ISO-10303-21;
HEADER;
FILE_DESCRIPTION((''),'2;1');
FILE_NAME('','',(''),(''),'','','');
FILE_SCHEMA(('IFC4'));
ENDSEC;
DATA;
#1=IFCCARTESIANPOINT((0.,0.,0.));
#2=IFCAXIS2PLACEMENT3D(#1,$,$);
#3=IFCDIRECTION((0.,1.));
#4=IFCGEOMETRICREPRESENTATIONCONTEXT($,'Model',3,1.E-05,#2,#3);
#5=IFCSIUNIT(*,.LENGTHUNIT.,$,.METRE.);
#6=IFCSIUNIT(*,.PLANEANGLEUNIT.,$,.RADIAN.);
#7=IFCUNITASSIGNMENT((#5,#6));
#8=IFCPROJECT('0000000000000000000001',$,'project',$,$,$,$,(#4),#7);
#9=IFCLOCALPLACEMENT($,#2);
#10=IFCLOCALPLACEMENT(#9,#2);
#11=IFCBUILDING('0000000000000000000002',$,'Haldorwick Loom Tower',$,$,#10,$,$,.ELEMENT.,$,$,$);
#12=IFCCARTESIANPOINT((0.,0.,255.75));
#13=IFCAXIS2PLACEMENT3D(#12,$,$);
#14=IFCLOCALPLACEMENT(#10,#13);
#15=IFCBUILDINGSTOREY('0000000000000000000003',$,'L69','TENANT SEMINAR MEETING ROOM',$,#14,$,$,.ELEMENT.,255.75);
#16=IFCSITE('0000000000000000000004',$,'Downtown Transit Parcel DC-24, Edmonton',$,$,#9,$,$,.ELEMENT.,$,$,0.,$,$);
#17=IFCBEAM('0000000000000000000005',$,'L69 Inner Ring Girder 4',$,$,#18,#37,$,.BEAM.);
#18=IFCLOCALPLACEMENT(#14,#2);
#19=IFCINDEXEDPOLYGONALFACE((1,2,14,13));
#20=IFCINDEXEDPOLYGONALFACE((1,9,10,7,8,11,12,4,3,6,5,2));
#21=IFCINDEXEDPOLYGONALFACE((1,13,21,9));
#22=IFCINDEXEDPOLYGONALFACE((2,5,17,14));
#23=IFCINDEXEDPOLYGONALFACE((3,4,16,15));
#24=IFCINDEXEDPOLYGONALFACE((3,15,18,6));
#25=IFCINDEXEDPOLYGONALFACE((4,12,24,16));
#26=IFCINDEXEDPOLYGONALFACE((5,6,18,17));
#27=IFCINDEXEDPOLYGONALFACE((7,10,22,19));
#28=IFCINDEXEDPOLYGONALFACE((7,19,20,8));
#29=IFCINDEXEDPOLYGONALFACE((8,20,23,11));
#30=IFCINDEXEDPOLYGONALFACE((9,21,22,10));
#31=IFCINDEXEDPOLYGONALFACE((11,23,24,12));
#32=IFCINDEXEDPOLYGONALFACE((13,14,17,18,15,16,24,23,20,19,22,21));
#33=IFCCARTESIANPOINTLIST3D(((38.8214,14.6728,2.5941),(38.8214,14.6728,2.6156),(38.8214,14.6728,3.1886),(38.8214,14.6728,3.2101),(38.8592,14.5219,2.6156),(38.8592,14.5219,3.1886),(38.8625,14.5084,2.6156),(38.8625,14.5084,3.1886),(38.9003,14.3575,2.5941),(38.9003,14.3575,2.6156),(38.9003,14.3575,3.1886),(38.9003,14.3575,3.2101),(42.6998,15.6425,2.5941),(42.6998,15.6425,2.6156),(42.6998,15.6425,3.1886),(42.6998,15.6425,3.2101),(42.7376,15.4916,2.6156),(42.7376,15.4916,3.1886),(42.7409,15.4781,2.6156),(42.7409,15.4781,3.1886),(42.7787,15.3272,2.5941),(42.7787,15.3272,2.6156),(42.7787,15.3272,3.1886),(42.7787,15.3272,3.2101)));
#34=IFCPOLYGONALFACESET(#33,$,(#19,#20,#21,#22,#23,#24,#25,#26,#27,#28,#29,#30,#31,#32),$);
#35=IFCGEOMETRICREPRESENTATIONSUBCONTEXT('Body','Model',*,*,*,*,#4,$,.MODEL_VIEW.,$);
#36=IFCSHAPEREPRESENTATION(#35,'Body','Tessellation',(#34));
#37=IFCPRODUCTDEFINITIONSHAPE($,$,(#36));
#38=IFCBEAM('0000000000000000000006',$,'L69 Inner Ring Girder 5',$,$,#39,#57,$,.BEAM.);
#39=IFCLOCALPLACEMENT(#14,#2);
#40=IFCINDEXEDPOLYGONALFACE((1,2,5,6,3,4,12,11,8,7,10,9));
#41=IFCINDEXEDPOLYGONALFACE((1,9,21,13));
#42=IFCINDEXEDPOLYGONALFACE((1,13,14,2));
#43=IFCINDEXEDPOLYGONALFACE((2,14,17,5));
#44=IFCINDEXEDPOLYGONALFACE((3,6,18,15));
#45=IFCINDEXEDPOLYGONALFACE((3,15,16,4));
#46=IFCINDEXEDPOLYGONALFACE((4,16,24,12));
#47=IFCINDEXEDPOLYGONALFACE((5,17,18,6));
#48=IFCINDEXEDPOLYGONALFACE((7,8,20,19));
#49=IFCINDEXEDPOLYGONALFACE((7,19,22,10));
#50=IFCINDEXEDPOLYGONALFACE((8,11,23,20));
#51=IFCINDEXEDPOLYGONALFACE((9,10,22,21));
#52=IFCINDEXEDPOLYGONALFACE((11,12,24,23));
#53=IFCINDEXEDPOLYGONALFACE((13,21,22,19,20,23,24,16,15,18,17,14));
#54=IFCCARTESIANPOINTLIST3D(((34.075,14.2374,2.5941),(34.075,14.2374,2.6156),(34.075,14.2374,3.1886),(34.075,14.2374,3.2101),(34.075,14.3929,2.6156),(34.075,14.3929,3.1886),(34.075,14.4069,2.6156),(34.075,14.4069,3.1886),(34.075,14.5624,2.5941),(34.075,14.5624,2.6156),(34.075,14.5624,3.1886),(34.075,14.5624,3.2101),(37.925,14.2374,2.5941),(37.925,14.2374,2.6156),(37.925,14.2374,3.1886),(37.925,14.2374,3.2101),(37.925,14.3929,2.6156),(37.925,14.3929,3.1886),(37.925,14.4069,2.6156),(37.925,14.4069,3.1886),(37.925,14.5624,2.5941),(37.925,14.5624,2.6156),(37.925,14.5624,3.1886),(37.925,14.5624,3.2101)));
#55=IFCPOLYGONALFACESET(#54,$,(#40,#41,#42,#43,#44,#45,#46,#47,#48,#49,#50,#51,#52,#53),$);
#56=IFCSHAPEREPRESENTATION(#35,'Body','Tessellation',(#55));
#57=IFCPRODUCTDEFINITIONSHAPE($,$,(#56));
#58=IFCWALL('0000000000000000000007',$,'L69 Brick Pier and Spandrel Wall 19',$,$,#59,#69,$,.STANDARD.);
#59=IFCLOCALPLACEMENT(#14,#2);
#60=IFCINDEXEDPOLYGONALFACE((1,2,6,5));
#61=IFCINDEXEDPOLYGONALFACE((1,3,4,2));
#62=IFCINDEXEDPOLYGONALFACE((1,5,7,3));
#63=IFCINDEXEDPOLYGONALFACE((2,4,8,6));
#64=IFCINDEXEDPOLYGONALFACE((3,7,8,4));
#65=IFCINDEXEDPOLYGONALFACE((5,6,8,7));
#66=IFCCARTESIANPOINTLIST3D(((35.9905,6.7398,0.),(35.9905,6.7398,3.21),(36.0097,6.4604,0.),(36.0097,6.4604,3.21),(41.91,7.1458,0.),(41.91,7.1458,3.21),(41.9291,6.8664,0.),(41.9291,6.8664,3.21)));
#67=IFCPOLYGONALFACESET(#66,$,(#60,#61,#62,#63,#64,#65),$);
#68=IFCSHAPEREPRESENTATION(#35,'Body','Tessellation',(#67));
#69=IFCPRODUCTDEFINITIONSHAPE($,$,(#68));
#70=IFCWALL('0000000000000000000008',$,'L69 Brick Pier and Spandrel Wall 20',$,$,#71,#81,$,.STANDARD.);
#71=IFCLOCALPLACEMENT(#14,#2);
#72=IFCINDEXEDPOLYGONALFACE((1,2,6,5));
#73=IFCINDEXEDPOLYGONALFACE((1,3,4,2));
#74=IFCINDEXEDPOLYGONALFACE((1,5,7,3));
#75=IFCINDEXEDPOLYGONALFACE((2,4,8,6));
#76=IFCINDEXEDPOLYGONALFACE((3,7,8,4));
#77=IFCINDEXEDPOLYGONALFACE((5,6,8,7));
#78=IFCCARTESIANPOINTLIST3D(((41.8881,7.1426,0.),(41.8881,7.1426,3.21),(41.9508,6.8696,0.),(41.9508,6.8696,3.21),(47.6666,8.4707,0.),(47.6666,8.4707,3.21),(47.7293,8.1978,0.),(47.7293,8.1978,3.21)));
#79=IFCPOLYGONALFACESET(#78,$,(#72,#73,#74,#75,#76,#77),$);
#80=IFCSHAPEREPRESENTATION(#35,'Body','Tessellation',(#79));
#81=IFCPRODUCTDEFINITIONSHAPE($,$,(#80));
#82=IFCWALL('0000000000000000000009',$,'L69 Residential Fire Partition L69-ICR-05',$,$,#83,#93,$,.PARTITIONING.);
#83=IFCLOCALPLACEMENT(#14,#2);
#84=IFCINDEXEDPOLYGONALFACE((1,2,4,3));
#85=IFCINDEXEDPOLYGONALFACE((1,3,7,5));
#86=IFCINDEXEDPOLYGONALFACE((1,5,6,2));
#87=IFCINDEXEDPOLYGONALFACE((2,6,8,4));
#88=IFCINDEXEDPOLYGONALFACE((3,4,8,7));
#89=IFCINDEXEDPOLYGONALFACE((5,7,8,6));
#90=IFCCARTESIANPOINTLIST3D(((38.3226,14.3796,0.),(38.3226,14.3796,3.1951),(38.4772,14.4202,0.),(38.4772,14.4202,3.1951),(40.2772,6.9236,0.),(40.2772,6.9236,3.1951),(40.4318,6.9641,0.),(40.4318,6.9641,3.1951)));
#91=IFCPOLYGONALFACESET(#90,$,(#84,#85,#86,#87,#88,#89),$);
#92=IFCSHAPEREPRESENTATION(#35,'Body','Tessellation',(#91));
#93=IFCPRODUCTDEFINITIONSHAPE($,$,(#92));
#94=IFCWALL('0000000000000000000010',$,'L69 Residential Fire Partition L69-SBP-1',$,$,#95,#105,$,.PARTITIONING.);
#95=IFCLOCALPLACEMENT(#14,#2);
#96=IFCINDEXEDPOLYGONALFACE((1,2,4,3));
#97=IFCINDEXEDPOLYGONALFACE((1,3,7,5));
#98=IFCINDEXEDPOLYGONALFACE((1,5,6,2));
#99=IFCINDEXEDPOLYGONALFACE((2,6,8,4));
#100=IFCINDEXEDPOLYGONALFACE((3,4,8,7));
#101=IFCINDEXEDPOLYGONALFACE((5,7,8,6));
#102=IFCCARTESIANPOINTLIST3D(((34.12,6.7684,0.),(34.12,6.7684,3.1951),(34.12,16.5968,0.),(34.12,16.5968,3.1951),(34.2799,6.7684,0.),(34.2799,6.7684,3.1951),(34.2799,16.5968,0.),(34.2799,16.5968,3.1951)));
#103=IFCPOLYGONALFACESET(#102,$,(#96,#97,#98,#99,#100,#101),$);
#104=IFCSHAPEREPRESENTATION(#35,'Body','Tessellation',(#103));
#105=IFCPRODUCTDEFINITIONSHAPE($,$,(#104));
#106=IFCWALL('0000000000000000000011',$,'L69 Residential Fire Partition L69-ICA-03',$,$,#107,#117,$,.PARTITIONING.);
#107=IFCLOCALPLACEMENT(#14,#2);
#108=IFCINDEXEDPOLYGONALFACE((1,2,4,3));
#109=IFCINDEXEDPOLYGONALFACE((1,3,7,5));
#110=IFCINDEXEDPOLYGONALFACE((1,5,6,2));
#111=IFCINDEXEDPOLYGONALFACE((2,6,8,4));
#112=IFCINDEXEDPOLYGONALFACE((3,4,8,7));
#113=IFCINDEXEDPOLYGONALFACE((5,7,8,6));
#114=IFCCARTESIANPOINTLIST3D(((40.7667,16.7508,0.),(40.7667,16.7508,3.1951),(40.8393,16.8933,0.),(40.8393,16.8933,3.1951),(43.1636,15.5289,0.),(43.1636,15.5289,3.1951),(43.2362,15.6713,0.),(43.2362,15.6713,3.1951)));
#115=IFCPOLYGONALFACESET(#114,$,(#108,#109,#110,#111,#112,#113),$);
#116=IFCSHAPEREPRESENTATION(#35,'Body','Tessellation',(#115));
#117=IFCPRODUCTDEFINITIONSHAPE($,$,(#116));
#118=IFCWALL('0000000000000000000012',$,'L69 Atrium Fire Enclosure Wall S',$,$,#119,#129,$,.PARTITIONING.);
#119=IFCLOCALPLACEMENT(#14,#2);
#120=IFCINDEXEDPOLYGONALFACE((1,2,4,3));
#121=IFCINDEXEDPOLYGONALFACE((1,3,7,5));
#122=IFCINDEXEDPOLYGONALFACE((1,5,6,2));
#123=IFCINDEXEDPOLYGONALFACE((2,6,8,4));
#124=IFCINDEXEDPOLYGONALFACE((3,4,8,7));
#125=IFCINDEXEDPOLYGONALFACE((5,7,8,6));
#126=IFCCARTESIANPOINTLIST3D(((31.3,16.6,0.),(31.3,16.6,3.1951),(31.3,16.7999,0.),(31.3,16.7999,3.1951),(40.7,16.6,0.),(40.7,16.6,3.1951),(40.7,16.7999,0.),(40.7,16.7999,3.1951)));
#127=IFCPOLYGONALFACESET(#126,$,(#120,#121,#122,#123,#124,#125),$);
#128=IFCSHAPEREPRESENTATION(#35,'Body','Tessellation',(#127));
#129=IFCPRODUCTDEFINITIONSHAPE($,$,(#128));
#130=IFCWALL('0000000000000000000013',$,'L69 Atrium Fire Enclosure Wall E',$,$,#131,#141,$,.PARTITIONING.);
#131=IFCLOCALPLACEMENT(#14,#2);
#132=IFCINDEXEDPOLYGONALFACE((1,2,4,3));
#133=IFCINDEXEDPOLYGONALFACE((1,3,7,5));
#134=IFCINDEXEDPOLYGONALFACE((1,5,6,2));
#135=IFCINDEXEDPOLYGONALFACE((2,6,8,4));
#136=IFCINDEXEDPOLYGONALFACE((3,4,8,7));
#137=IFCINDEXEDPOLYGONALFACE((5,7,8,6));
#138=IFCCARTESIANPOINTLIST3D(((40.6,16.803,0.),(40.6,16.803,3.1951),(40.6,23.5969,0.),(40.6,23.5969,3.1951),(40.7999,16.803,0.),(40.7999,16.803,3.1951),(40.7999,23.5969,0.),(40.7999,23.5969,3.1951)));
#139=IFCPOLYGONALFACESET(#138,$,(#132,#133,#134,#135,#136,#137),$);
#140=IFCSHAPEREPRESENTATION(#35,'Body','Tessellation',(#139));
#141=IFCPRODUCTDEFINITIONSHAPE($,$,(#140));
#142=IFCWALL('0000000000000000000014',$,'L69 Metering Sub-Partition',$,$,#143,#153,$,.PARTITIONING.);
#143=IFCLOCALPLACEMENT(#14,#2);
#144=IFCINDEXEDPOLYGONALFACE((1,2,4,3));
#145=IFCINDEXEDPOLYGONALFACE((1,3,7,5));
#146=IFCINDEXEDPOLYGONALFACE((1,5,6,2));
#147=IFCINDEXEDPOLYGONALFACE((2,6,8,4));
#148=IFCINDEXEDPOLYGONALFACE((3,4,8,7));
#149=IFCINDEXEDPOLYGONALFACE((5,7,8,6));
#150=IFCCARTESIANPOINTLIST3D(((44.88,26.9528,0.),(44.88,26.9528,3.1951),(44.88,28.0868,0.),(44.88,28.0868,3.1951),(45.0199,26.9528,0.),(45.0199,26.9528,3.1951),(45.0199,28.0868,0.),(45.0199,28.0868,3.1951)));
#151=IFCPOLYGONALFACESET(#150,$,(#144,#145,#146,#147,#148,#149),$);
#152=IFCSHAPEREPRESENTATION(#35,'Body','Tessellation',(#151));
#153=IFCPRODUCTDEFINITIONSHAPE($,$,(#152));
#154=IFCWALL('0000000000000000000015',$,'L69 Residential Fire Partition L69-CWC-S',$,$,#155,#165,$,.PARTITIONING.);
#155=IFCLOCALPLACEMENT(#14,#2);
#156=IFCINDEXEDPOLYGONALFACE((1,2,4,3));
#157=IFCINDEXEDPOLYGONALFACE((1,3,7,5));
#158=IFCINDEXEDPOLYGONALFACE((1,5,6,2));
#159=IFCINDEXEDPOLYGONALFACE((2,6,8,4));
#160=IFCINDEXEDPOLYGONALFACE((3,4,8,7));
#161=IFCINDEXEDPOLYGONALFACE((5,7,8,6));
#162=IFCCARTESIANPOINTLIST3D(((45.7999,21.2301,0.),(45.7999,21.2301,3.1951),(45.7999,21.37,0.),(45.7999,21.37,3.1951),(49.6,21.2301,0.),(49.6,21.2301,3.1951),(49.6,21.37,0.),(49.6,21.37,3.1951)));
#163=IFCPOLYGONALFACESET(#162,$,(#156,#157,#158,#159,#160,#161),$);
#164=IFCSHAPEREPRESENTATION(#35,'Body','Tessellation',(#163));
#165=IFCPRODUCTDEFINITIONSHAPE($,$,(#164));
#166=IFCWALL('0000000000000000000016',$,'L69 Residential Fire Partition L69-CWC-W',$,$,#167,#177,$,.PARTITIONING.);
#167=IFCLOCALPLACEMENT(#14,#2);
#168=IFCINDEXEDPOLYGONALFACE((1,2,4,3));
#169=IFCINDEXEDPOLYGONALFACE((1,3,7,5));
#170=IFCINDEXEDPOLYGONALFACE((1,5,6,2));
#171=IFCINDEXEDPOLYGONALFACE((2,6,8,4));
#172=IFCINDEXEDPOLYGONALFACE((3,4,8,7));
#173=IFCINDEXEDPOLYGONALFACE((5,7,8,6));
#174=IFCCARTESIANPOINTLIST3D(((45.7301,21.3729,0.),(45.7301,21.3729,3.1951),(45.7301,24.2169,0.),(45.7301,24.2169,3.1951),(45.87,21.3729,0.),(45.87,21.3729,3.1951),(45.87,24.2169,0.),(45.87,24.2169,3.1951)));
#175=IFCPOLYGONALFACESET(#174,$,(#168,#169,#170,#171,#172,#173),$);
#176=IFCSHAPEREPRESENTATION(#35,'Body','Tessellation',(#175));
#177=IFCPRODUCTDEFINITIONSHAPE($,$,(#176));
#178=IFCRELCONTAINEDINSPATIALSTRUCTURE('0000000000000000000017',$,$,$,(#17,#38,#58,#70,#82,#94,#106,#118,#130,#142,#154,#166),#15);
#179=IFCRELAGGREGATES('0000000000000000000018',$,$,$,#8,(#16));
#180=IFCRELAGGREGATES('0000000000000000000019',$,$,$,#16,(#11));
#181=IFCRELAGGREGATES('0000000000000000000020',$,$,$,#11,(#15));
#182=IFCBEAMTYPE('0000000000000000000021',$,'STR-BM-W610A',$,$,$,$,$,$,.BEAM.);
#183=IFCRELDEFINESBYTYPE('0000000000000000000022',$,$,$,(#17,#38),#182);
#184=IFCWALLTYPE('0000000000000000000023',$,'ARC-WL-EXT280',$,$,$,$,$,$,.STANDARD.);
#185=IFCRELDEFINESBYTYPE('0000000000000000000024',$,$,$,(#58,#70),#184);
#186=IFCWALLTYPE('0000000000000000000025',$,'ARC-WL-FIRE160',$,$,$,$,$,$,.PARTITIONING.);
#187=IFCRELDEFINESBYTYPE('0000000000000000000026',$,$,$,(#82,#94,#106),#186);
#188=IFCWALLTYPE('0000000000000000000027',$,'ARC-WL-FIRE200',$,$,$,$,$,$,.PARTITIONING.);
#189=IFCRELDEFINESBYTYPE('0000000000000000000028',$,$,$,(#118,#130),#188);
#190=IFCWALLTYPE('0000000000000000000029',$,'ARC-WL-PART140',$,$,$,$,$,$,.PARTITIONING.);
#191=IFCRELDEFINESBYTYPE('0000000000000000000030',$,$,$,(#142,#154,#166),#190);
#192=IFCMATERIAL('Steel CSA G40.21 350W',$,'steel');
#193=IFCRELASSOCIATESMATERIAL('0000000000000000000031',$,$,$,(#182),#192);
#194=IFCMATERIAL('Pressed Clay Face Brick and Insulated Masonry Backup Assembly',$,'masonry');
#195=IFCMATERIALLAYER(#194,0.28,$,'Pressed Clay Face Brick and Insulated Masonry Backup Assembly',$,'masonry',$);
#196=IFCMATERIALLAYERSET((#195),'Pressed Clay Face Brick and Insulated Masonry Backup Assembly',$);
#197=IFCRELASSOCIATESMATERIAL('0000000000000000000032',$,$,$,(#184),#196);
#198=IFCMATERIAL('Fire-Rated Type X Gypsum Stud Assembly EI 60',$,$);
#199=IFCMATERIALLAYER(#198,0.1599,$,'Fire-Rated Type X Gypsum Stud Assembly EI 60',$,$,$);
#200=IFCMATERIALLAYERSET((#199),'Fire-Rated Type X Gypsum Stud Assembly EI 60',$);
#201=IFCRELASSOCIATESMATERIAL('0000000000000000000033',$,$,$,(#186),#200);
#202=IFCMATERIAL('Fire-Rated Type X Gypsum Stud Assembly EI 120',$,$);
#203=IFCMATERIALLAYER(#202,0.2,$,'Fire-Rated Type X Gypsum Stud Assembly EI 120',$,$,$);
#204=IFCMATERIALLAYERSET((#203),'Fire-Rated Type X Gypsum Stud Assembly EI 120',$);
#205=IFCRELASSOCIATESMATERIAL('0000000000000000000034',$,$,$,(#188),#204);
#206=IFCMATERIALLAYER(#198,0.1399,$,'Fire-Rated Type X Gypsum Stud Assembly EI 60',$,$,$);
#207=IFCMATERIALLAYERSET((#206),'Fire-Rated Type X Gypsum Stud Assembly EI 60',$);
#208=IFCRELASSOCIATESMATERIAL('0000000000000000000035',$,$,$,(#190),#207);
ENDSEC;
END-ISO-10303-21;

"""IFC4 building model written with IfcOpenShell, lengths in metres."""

from ifc_helpers import new_model, si_unit, direction, frame, frame_2d, origin, origin_2d, place, context, subcontext, project, spatial, rectangle, i_section, extrude, material, layer, layer_set, material_profile, profile_set, type_object, element, save


model = new_model("IFC4")

# Units and contexts
model_context = context("Model", 3, precision=1e-05, world=origin(), true_north=direction((0.0, 1.0)))
body_context = subcontext(model_context, "Body", "Model", "MODEL_VIEW")
ifc_project = project(units=[si_unit("LENGTHUNIT", "METRE"), si_unit("PLANEANGLEUNIT", "RADIAN")], contexts=[model_context])

# Site, building, storey
site_placement = place(None, origin())
site = spatial("IfcSite", under=ifc_project, at=site_placement, Name="Downtown Transit Parcel DC-24, Edmonton", CompositionType="ELEMENT", RefElevation=0.0)
building_placement = place(site_placement, origin())
building = spatial("IfcBuilding", under=site, at=building_placement, Name="Haldorwick Loom Tower", CompositionType="ELEMENT")
storey_placement = place(building_placement, frame((0.0, 0.0, 255.75)))
storey = spatial("IfcBuildingStorey", under=building, at=storey_placement, Name="L69", Description="TENANT SEMINAR MEETING ROOM", CompositionType="ELEMENT", Elevation=255.75)

# Shared definitions
ifc_material_1 = material(Name="Steel CSA G40.21 350W", Category="steel")

# Beams
ifc_material_profile_1 = material_profile(ifc_material_1, i_section(OverallWidth=0.325, OverallDepth=0.616, WebThickness=0.0139, FlangeThickness=0.0215, at=origin_2d()), Name="W610X174", Category="steel")
ifc_profile_set_1 = profile_set([ifc_material_profile_1], Name="Steel CSA G40.21 350W")
beam_type_1 = type_object("IfcBeamType", Name="STR-BM-W610A", PredefinedType="BEAM", material=ifc_profile_set_1)
beam_1_placement = place(storey_placement, frame((42.7393, 15.4849, 2.9021), z_axis=(-0.970135, -0.242564, 0.0), x_axis=(0.242564, -0.970135, 0.0)))
element("IfcBeam", 1, at=beam_1_placement, inside=storey, type_object=beam_type_1, Name="L69 Inner Ring Girder 4", PredefinedType="BEAM", context=body_context, shape_type="SweptSolid", body=[
    extrude(i_section(OverallWidth=0.325, OverallDepth=0.616, WebThickness=0.0139, FlangeThickness=0.0215, at=origin_2d()), origin(), (0.0, 0.0, 1.0), 3.9978),
])
beam_2_placement = place(storey_placement, frame((37.925, 14.3999, 2.9021), z_axis=(-1.0, 0.0, 0.0), x_axis=(0.0, -1.0, 0.0)))
element("IfcBeam", 2, at=beam_2_placement, inside=storey, type_object=beam_type_1, Name="L69 Inner Ring Girder 5", PredefinedType="BEAM", context=body_context, shape_type="SweptSolid", body=[
    extrude(i_section(OverallWidth=0.325, OverallDepth=0.616, WebThickness=0.0139, FlangeThickness=0.0215, at=origin_2d()), origin(), (0.0, 0.0, 1.0), 3.8501),
])

# Walls
ifc_material_2 = material(Name="Pressed Clay Face Brick and Insulated Masonry Backup Assembly", Category="masonry")
ifc_layer_1 = layer(ifc_material_2, 0.28, Name="Pressed Clay Face Brick and Insulated Masonry Backup Assembly", Category="masonry")
ifc_layer_set_1 = layer_set([ifc_layer_1], Name="Pressed Clay Face Brick and Insulated Masonry Backup Assembly")
wall_type_1 = type_object("IfcWallType", Name="ARC-WL-EXT280", PredefinedType="STANDARD", material=ifc_layer_set_1)
wall_1_placement = place(storey_placement, frame((36.0, 6.6001, 0.0), z_axis=(0.0, 0.0, 1.0), x_axis=(0.997656, 0.068428, 0.0)))
element("IfcWall", 3, at=wall_1_placement, inside=storey, type_object=wall_type_1, Name="L69 Brick Pier and Spandrel Wall 19", PredefinedType="STANDARD", context=body_context, shape_type="SweptSolid", body=[
    extrude(rectangle(XDim=5.9333, YDim=0.28, at=frame_2d((2.9668, 0.0))), origin(), (0.0, 0.0, 1.0), 3.21),
])
wall_2_placement = place(storey_placement, frame((41.9194, 7.0061, 0.0), z_axis=(0.0, 0.0, 1.0), x_axis=(0.97459, 0.223996, 0.0)))
element("IfcWall", 4, at=wall_2_placement, inside=storey, type_object=wall_type_1, Name="L69 Brick Pier and Spandrel Wall 20", PredefinedType="STANDARD", context=body_context, shape_type="SweptSolid", body=[
    extrude(rectangle(XDim=5.9292, YDim=0.28, at=frame_2d((2.9646, 0.0))), origin(), (0.0, 0.0, 1.0), 3.21),
])
ifc_material_3 = material(Name="Fire-Rated Type X Gypsum Stud Assembly EI 60")
ifc_layer_2 = layer(ifc_material_3, 0.1599, Name="Fire-Rated Type X Gypsum Stud Assembly EI 60")
ifc_layer_set_2 = layer_set([ifc_layer_2], Name="Fire-Rated Type X Gypsum Stud Assembly EI 60")
wall_type_2 = type_object("IfcWallType", Name="ARC-WL-FIRE160", PredefinedType="PARTITIONING", material=ifc_layer_set_2)
wall_3_placement = place(storey_placement, frame((38.3999, 14.3999, 0.0), z_axis=(0.0, 0.0, 1.0), x_axis=(0.25358, -0.967315, 0.0)))
element("IfcWall", 5, at=wall_3_placement, inside=storey, type_object=wall_type_2, Name="L69 Residential Fire Partition L69-ICR-05", PredefinedType="PARTITIONING", context=body_context, shape_type="SweptSolid", body=[
    extrude(rectangle(XDim=7.708, YDim=0.1599, at=frame_2d((3.854, 0.0))), origin(), (0.0, 0.0, 1.0), 3.1951),
])
wall_4_placement = place(storey_placement, frame((34.2, 6.7686, 0.0), z_axis=(0.0, 0.0, 1.0), x_axis=(0.0, 1.0, 0.0)))
element("IfcWall", 6, at=wall_4_placement, inside=storey, type_object=wall_type_2, Name="L69 Residential Fire Partition L69-SBP-1", PredefinedType="PARTITIONING", context=body_context, shape_type="SweptSolid", body=[
    extrude(rectangle(XDim=9.8284, YDim=0.1599, at=frame_2d((4.9141, 0.0))), origin(), (0.0, 0.0, 1.0), 3.1951),
])
wall_5_placement = place(storey_placement, frame((40.803, 16.822, 0.0), z_axis=(0.0, 0.0, 1.0), x_axis=(0.890916, -0.454169, 0.0)))
element("IfcWall", 7, at=wall_5_placement, inside=storey, type_object=wall_type_2, Name="L69 Residential Fire Partition L69-ICA-03", PredefinedType="PARTITIONING", context=body_context, shape_type="SweptSolid", body=[
    extrude(rectangle(XDim=2.6904, YDim=0.1599, at=frame_2d((1.3452, 0.0))), origin(), (0.0, 0.0, 1.0), 3.1951),
])
ifc_material_4 = material(Name="Fire-Rated Type X Gypsum Stud Assembly EI 120")
ifc_layer_3 = layer(ifc_material_4, 0.2, Name="Fire-Rated Type X Gypsum Stud Assembly EI 120")
ifc_layer_set_3 = layer_set([ifc_layer_3], Name="Fire-Rated Type X Gypsum Stud Assembly EI 120")
wall_type_3 = type_object("IfcWallType", Name="ARC-WL-FIRE200", PredefinedType="PARTITIONING", material=ifc_layer_set_3)
wall_6_placement = place(storey_placement, frame((40.7, 16.7, 0.0), z_axis=(0.0, 0.0, 1.0), x_axis=(-1.0, 0.0, 0.0)))
element("IfcWall", 8, at=wall_6_placement, inside=storey, type_object=wall_type_3, Name="L69 Atrium Fire Enclosure Wall S", PredefinedType="PARTITIONING", context=body_context, shape_type="SweptSolid", body=[
    extrude(rectangle(XDim=9.3999, YDim=0.2, at=frame_2d((4.7, 0.0))), origin(), (0.0, 0.0, 1.0), 3.1951),
])
wall_7_placement = place(storey_placement, frame((40.7, 23.5969, 0.0), z_axis=(0.0, 0.0, 1.0), x_axis=(0.0, -1.0, 0.0)))
element("IfcWall", 9, at=wall_7_placement, inside=storey, type_object=wall_type_3, Name="L69 Atrium Fire Enclosure Wall E", PredefinedType="PARTITIONING", context=body_context, shape_type="SweptSolid", body=[
    extrude(rectangle(XDim=6.7939, YDim=0.2, at=frame_2d((3.397, 0.0))), origin(), (0.0, 0.0, 1.0), 3.1951),
])
ifc_layer_4 = layer(ifc_material_3, 0.1399, Name="Fire-Rated Type X Gypsum Stud Assembly EI 60")
ifc_layer_set_4 = layer_set([ifc_layer_4], Name="Fire-Rated Type X Gypsum Stud Assembly EI 60")
wall_type_4 = type_object("IfcWallType", Name="ARC-WL-PART140", PredefinedType="PARTITIONING", material=ifc_layer_set_4)
wall_8_placement = place(storey_placement, frame((44.95, 26.9529, 0.0), z_axis=(0.0, 0.0, 1.0), x_axis=(0.0, 1.0, 0.0)))
element("IfcWall", 10, at=wall_8_placement, inside=storey, type_object=wall_type_4, Name="L69 Metering Sub-Partition", PredefinedType="PARTITIONING", context=body_context, shape_type="SweptSolid", body=[
    extrude(rectangle(XDim=1.134, YDim=0.1399, at=frame_2d((0.5669, 0.0))), origin(), (0.0, 0.0, 1.0), 3.1951),
])
wall_9_placement = place(storey_placement, frame((45.8, 21.3, 0.0), z_axis=(0.0, 0.0, 1.0), x_axis=(1.0, 0.0, 0.0)))
element("IfcWall", 11, at=wall_9_placement, inside=storey, type_object=wall_type_4, Name="L69 Residential Fire Partition L69-CWC-S", PredefinedType="PARTITIONING", context=body_context, shape_type="SweptSolid", body=[
    extrude(rectangle(XDim=3.8, YDim=0.1399, at=frame_2d((1.8999, 0.0))), origin(), (0.0, 0.0, 1.0), 3.1951),
])
wall_10_placement = place(storey_placement, frame((45.8, 21.373, 0.0), z_axis=(0.0, 0.0, 1.0), x_axis=(0.0, 1.0, 0.0)))
element("IfcWall", 12, at=wall_10_placement, inside=storey, type_object=wall_type_4, Name="L69 Residential Fire Partition L69-CWC-W", PredefinedType="PARTITIONING", context=body_context, shape_type="SweptSolid", body=[
    extrude(rectangle(XDim=2.844, YDim=0.1399, at=frame_2d((1.4219, 0.0))), origin(), (0.0, 0.0, 1.0), 3.1951),
])

save(model, "model.ifc")
